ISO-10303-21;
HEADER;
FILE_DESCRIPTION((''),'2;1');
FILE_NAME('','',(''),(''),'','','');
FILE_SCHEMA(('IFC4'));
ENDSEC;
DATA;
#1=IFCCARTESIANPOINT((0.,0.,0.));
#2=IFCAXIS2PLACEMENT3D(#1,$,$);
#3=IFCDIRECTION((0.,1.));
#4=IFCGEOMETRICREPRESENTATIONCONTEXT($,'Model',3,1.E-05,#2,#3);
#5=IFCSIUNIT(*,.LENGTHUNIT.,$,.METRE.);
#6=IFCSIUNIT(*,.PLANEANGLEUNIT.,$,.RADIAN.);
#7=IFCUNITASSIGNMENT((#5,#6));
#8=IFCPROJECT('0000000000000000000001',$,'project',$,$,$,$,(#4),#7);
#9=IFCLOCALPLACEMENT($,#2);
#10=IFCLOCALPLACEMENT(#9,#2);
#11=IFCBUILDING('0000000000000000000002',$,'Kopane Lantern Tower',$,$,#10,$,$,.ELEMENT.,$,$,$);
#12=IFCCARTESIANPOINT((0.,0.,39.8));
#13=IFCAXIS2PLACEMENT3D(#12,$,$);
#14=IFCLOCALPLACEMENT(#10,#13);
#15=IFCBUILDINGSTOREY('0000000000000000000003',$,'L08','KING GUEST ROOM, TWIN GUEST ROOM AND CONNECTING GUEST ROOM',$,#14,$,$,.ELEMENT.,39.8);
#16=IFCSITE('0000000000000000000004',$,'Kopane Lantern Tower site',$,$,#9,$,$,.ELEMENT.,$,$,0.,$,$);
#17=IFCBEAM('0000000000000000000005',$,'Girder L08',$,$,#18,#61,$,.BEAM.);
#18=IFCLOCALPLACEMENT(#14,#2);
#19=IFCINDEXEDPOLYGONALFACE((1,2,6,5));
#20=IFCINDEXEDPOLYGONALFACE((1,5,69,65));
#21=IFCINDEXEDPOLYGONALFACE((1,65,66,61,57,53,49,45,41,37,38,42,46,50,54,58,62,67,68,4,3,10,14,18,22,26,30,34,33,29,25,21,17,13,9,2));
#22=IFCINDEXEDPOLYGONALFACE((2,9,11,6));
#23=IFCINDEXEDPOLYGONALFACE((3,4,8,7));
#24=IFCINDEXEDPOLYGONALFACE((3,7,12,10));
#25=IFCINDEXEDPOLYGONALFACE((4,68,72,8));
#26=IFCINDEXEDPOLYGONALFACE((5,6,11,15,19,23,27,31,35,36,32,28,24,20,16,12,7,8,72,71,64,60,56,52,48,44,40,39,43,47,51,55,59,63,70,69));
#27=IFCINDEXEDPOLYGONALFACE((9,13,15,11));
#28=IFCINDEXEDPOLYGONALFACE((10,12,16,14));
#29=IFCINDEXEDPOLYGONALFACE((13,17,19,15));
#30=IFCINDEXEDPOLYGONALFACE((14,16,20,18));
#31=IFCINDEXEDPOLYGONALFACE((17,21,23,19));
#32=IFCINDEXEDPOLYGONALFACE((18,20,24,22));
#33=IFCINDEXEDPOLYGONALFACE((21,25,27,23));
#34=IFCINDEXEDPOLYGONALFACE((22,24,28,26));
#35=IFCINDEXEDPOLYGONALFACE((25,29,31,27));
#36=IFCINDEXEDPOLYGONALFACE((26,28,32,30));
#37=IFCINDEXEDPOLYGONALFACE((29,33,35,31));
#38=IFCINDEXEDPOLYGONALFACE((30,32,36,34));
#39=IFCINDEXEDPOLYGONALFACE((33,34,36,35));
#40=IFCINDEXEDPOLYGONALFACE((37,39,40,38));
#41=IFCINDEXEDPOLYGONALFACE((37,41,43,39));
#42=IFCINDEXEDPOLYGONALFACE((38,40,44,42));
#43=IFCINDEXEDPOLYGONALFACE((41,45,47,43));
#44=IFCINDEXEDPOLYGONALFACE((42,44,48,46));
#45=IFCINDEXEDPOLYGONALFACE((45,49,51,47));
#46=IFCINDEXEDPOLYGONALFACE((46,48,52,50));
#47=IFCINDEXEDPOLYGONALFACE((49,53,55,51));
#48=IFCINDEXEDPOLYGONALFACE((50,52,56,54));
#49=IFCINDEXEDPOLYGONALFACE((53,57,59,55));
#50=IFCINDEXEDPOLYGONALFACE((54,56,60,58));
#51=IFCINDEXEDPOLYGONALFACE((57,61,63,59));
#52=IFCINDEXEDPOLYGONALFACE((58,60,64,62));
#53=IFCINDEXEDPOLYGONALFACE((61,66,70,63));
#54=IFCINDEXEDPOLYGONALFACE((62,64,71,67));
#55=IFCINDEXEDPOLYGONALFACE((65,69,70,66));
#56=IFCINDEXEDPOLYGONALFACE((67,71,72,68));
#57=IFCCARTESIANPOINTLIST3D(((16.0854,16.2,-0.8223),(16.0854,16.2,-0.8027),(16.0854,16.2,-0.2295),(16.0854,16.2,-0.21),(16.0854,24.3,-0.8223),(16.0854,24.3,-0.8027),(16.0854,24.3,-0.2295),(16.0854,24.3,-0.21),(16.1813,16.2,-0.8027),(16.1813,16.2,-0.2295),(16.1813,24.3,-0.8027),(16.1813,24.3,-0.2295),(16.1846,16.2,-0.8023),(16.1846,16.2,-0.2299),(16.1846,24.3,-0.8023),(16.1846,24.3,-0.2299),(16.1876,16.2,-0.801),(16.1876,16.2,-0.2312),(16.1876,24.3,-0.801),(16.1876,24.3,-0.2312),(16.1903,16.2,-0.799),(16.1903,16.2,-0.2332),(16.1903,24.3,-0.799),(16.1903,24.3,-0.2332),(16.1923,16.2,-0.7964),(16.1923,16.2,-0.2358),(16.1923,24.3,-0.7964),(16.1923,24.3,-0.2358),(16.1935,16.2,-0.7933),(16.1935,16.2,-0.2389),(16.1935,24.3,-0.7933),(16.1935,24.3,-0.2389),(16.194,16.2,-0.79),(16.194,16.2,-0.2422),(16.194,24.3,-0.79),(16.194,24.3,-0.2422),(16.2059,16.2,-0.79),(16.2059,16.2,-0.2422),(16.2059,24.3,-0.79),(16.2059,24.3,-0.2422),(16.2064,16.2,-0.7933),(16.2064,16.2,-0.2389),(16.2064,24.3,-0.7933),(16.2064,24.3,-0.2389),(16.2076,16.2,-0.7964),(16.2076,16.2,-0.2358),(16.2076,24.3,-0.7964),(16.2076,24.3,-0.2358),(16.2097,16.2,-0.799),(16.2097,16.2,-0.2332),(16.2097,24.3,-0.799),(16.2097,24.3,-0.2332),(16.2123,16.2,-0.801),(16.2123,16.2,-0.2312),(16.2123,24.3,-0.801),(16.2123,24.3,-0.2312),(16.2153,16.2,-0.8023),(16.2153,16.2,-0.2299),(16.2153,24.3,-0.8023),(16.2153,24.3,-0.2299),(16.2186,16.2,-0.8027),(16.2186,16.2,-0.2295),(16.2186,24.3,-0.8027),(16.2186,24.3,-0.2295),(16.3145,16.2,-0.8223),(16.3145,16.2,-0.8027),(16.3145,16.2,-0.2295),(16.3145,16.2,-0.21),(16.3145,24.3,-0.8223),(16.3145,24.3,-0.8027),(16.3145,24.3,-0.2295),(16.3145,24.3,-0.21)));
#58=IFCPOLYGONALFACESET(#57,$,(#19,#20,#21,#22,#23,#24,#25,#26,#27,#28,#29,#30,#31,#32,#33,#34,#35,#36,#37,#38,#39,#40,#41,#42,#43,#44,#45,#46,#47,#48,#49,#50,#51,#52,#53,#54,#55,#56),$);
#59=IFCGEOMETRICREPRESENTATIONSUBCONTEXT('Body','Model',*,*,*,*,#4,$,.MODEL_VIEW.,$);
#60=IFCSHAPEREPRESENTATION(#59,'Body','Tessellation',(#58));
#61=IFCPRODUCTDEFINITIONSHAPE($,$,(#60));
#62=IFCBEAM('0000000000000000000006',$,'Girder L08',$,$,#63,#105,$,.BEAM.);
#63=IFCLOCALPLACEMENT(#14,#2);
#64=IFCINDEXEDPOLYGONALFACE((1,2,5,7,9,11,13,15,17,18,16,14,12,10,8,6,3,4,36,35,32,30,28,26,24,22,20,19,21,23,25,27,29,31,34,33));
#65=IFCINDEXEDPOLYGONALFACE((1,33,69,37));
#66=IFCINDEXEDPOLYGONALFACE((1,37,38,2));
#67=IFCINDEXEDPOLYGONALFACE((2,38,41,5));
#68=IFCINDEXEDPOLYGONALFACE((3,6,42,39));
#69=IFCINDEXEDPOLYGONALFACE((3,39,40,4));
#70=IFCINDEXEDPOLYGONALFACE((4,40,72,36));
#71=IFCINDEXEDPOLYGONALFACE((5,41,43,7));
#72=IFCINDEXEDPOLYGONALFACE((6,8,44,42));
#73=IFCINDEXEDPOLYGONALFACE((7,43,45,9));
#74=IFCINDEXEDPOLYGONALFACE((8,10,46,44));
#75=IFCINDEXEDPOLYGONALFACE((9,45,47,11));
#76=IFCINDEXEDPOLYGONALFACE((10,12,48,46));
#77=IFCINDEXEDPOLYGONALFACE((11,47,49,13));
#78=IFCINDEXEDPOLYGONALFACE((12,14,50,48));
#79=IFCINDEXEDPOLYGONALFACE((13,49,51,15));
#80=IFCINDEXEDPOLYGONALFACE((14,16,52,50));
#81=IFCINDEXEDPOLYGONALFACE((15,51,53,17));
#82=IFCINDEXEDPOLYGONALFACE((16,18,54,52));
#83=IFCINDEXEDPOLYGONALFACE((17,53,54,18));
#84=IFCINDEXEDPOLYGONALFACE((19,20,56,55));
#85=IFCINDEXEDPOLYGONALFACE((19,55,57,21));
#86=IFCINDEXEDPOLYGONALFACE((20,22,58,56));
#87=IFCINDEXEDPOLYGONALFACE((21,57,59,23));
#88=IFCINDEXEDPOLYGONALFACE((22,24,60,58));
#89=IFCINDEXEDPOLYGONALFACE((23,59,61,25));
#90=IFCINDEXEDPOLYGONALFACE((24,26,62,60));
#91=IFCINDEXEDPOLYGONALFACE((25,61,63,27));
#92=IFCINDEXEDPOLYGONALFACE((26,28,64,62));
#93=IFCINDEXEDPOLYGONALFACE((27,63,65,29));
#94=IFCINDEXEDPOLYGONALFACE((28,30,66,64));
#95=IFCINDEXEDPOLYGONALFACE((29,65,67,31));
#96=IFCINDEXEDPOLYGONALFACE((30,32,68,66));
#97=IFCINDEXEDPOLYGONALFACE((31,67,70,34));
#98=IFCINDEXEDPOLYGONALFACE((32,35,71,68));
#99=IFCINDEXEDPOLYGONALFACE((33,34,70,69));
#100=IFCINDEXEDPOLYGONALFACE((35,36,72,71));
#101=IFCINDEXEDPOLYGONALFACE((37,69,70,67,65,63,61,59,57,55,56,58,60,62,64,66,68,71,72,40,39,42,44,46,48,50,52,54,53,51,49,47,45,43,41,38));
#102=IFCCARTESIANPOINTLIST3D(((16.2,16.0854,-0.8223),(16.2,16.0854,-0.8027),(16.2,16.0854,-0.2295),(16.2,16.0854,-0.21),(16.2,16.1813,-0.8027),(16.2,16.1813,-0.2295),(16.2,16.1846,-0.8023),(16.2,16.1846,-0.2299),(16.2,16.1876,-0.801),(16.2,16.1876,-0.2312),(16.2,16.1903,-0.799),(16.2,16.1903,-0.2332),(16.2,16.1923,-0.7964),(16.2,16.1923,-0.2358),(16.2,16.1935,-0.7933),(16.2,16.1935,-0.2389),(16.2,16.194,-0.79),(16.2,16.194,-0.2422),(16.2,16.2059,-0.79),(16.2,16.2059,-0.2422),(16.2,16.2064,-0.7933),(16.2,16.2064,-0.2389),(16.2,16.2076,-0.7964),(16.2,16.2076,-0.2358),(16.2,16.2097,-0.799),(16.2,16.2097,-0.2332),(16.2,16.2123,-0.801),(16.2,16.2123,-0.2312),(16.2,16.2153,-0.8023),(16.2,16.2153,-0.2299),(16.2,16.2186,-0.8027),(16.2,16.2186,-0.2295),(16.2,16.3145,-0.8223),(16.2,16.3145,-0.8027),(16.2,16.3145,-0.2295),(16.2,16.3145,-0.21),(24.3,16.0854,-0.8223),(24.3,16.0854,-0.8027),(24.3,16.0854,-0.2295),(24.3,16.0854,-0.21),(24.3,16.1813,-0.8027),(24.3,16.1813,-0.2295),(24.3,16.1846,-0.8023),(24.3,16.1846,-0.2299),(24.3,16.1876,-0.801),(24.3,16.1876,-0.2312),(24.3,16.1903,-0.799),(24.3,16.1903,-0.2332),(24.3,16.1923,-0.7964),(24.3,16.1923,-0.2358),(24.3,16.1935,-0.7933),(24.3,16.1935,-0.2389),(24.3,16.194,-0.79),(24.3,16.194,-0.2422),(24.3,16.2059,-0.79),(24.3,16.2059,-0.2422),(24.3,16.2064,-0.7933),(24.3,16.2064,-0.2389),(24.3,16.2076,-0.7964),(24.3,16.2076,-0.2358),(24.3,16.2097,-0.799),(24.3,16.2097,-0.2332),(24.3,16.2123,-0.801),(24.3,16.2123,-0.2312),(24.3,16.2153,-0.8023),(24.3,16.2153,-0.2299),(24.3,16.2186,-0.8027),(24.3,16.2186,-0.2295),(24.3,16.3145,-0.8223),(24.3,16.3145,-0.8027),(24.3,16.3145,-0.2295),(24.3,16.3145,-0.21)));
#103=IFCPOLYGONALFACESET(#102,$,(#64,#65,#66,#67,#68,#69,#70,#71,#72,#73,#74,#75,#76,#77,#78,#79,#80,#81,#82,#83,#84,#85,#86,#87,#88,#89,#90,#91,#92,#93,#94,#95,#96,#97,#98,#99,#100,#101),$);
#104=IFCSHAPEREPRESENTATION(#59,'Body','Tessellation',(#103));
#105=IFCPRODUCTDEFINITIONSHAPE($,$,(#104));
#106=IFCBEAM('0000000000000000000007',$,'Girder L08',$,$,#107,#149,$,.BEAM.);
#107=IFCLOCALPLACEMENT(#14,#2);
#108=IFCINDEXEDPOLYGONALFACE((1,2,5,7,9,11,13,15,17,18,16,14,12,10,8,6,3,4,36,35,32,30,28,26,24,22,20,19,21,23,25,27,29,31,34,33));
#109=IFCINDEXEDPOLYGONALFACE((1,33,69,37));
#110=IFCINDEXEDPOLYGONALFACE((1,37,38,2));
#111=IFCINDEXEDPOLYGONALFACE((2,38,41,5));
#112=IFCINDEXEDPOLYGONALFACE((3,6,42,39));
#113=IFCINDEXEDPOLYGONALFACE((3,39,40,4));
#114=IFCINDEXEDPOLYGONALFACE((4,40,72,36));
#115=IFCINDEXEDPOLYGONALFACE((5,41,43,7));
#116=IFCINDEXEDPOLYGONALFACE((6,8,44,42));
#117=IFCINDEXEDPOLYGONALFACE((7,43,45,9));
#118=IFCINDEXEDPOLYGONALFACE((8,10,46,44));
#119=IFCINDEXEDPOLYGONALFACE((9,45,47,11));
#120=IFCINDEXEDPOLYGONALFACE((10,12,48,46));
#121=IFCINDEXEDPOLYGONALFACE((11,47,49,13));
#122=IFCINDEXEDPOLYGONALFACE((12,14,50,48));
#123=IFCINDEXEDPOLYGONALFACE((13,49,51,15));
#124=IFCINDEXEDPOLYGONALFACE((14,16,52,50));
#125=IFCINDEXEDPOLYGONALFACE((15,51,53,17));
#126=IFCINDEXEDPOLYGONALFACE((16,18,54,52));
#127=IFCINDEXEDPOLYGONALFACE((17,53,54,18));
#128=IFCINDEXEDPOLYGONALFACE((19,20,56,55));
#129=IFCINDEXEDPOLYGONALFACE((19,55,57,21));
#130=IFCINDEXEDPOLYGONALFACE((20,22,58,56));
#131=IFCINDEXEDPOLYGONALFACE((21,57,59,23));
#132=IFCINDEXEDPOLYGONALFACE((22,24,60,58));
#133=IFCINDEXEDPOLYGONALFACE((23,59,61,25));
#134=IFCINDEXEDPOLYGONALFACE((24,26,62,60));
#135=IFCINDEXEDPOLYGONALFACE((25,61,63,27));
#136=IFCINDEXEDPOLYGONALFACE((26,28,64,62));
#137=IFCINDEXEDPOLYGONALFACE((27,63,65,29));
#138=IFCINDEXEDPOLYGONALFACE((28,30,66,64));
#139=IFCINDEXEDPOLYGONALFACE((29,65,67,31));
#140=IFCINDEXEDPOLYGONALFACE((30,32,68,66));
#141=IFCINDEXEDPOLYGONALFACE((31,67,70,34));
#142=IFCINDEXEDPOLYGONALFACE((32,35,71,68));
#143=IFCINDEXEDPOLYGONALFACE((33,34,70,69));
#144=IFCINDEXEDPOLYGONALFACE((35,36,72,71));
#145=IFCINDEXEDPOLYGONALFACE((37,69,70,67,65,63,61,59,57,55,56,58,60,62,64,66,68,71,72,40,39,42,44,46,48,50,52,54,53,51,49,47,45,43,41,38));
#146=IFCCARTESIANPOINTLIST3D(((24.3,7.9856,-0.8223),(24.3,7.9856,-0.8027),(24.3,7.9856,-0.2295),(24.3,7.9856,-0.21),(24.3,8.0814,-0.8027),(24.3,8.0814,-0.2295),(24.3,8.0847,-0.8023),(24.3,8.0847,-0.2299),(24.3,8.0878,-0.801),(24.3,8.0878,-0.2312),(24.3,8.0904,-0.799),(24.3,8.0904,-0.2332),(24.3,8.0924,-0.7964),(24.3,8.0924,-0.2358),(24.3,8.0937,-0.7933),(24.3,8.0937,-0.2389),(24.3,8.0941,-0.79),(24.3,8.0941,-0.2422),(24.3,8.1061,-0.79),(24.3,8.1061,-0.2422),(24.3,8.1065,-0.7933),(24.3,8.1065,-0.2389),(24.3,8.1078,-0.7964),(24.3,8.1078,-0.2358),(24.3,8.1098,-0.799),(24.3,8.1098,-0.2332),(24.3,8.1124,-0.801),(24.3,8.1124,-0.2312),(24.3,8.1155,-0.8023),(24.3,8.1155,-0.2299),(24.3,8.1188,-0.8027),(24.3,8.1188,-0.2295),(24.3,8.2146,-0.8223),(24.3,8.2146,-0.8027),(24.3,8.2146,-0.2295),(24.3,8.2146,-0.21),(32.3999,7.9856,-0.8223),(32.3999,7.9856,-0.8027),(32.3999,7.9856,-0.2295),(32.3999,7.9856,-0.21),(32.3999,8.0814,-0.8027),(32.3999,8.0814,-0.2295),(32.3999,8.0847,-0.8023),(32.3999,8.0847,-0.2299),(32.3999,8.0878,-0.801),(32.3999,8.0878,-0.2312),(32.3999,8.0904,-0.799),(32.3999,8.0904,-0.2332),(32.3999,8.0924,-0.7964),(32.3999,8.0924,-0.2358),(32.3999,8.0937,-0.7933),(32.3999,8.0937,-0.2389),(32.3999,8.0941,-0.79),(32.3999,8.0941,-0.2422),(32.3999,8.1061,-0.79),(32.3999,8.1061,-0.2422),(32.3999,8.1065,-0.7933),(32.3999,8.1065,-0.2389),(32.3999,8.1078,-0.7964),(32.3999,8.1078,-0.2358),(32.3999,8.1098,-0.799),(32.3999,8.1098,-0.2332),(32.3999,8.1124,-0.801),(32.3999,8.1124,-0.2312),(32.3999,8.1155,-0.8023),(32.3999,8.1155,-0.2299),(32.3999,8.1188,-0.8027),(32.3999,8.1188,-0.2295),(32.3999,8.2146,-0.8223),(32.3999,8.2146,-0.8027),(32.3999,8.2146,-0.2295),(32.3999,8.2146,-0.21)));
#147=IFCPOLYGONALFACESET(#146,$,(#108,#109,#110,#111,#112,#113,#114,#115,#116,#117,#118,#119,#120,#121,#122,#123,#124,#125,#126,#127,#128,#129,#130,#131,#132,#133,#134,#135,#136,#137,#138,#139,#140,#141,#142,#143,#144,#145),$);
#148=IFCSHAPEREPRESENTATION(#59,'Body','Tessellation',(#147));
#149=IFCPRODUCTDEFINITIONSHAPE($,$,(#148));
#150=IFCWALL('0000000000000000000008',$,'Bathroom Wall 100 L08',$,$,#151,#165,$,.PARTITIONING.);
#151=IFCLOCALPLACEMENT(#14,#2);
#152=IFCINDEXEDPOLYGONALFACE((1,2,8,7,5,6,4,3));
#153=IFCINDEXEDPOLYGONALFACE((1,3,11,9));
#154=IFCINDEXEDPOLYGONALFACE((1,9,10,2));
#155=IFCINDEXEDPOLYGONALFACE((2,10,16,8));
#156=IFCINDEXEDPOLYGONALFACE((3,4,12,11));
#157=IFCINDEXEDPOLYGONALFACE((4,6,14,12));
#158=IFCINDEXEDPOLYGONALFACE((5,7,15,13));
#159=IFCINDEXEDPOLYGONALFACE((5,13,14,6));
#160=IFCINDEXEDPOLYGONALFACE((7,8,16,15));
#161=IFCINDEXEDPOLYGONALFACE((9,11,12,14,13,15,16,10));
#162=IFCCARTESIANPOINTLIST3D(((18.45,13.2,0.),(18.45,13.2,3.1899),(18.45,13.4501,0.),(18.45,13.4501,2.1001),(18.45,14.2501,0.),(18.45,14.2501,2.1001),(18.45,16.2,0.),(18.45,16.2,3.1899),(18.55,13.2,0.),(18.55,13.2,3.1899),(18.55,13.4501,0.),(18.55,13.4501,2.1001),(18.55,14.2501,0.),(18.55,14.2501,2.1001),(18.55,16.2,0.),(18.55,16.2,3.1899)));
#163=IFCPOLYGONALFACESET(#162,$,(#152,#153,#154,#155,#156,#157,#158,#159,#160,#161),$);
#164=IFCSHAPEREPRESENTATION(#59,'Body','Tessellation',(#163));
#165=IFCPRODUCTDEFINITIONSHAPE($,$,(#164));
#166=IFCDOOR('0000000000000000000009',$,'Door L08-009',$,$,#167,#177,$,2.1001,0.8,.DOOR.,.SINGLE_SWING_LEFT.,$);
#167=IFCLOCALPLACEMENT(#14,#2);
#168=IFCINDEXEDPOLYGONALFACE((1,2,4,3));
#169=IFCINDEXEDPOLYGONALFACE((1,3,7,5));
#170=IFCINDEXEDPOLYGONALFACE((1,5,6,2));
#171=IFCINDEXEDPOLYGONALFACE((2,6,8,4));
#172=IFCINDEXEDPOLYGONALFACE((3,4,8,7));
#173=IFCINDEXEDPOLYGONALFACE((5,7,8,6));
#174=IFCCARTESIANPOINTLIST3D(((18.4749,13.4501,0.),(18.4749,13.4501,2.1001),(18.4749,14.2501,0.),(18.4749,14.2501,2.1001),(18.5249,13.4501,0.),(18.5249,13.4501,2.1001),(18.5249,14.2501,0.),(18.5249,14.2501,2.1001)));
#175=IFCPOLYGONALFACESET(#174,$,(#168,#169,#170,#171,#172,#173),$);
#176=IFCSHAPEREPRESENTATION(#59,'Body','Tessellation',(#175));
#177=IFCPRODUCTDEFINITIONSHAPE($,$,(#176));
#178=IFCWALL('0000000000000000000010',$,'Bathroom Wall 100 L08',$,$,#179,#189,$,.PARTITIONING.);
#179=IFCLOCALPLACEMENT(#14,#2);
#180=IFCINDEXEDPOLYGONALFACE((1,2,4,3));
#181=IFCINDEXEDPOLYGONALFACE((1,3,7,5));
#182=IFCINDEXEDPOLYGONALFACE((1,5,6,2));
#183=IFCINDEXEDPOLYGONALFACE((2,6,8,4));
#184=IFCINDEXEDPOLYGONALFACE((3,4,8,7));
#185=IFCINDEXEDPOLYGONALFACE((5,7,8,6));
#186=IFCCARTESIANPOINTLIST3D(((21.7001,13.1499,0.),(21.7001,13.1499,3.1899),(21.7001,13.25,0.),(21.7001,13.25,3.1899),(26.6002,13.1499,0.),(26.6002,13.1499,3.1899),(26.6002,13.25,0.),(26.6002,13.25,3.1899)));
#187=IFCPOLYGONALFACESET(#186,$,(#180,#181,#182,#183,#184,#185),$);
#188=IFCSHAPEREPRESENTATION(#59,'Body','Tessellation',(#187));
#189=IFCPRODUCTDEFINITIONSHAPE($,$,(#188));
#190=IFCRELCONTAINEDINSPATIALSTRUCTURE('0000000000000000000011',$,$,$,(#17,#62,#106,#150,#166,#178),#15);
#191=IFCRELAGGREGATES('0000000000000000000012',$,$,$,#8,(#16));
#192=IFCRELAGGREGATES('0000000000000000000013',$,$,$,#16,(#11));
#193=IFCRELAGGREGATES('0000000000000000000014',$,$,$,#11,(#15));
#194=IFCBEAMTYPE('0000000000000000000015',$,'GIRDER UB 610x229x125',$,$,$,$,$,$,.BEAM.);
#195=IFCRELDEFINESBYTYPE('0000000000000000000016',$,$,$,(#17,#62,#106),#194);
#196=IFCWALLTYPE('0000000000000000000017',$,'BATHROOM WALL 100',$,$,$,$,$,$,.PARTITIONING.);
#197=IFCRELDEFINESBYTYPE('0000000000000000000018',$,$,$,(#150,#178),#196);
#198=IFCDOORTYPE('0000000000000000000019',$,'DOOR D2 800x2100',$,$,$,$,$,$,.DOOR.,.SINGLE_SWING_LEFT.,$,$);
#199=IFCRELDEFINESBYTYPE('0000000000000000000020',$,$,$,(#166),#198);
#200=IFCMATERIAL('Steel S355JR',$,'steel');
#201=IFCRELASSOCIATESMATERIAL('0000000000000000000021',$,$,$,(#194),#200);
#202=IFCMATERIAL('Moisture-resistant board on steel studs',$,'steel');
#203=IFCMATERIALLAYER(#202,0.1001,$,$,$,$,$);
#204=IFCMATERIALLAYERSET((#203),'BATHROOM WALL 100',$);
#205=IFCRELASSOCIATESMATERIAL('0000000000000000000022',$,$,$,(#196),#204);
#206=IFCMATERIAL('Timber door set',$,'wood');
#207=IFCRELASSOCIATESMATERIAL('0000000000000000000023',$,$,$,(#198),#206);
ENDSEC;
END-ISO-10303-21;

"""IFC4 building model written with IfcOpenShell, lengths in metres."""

from ifc_helpers import new_model, si_unit, direction, frame, frame_2d, origin, origin_2d, place, context, subcontext, project, spatial, rectangle, i_section, extrude, material, layer, layer_set, material_profile, profile_set, type_object, element, fill, save


model = new_model("IFC4")

# Units and contexts
model_context = context("Model", 3, precision=1e-05, world=origin(), true_north=direction((0.0, 1.0)))
body_context = subcontext(model_context, "Body", "Model", "MODEL_VIEW")
ifc_project = project(units=[si_unit("LENGTHUNIT", "METRE"), si_unit("PLANEANGLEUNIT", "RADIAN")], contexts=[model_context])

# Site, building, storey
site_placement = place(None, origin())
site = spatial("IfcSite", under=ifc_project, at=site_placement, Name="Kopane Lantern Tower site", CompositionType="ELEMENT", RefElevation=0.0)
building_placement = place(site_placement, origin())
building = spatial("IfcBuilding", under=site, at=building_placement, Name="Kopane Lantern Tower", CompositionType="ELEMENT")
storey_placement = place(building_placement, frame((0.0, 0.0, 39.8)))
storey = spatial("IfcBuildingStorey", under=building, at=storey_placement, Name="L08", Description="KING GUEST ROOM, TWIN GUEST ROOM AND CONNECTING GUEST ROOM", CompositionType="ELEMENT", Elevation=39.8)

# Beams
ifc_material_1 = material(Name="Steel S355JR", Category="steel")
ifc_material_profile = material_profile(ifc_material_1, i_section(OverallWidth=0.229, OverallDepth=0.6123, WebThickness=0.012, FlangeThickness=0.0195, FilletRadius=0.0127, at=origin_2d()), Name="UB 610x229x125")
ifc_profile_set = profile_set([ifc_material_profile], Name="Steel S355JR")
beam_type = type_object("IfcBeamType", Name="GIRDER UB 610x229x125", PredefinedType="BEAM", material=ifc_profile_set)
for number, where, z_axis, x_axis, name in (
    (1, (16.2, 16.2, -0.5161), (0.0, 1.0, 0.0), (-1.0, 0.0, 0.0), "Girder L08"),
    (2, (16.2, 16.2, -0.5161), (1.0, 0.0, 0.0), (0.0, 1.0, 0.0), "Girder L08"),
):
    element("IfcBeam", number, at=place(storey_placement, frame(where, z_axis=z_axis, x_axis=x_axis)), inside=storey, type_object=beam_type, Name=name, PredefinedType="BEAM", context=body_context, shape_type="SweptSolid", body=[
        extrude(i_section(OverallWidth=0.229, OverallDepth=0.6123, WebThickness=0.012, FlangeThickness=0.0195, FilletRadius=0.0127, at=origin_2d()), origin(), (0.0, 0.0, 1.0), 8.1001),
    ])
beam_placement = place(storey_placement, frame((24.3, 8.1001, -0.5161), z_axis=(1.0, 0.0, 0.0), x_axis=(0.0, 1.0, 0.0)))
element("IfcBeam", 3, at=beam_placement, inside=storey, type_object=beam_type, Name="Girder L08", PredefinedType="BEAM", context=body_context, shape_type="SweptSolid", body=[
    extrude(i_section(OverallWidth=0.229, OverallDepth=0.6123, WebThickness=0.012, FlangeThickness=0.0195, FilletRadius=0.0127, at=origin_2d()), origin(), (0.0, 0.0, 1.0), 8.0999),
])

# Wall, opening, door
ifc_material_2 = material(Name="Moisture-resistant board on steel studs", Category="steel")
ifc_layer_1 = layer(ifc_material_2, 0.1001)
ifc_layer_set_1 = layer_set([ifc_layer_1], Name="BATHROOM WALL 100")
wall_type_1 = type_object("IfcWallType", Name="BATHROOM WALL 100", PredefinedType="PARTITIONING", material=ifc_layer_set_1)
wall_1_placement = place(storey_placement, frame((18.5, 16.2, 0.0), z_axis=(0.0, 0.0, 1.0), x_axis=(0.0, -1.0, 0.0)))
wall_1 = element("IfcWall", 4, at=wall_1_placement, inside=storey, type_object=wall_type_1, Name="Bathroom Wall 100 L08", PredefinedType="PARTITIONING", context=body_context, shape_type="SweptSolid", body=[
    extrude(rectangle(XDim=3.0, YDim=0.1001, at=frame_2d((1.5, 0.0))), origin(), (0.0, 0.0, 1.0), 3.1899),
])
opening_placement = place(wall_1_placement, frame((1.95, 0.0, 0.0)))
opening = element("IfcOpeningElement", 5, at=opening_placement, cuts=wall_1, PredefinedType="OPENING", context=body_context, shape_type="SweptSolid", body=[
    extrude(rectangle(XDim=0.8, YDim=2.1001, at=frame_2d((0.3999, 1.05))), frame((0.0, 0.0601, 0.0), z_axis=(0.0, -1.0, 0.0), x_axis=(1.0, 0.0, 0.0)), (0.0, 0.0, 1.0), 0.1201),
])
ifc_material_3 = material(Name="Timber door set", Category="wood")
door_type = type_object("IfcDoorType", Name="DOOR D2 800x2100", OperationType="SINGLE_SWING_LEFT", PredefinedType="DOOR", material=ifc_material_3)
door_placement = place(opening_placement, origin())
door = element("IfcDoor", 6, at=door_placement, inside=storey, type_object=door_type, Name="Door L08-009", OperationType="SINGLE_SWING_LEFT", OverallHeight=2.1001, OverallWidth=0.8, PredefinedType="DOOR", context=body_context, shape_type="SweptSolid", body=[
    extrude(rectangle(XDim=0.8, YDim=2.1001, at=frame_2d((0.3999, 1.05))), frame((0.0, 0.0249, 0.0), z_axis=(0.0, -1.0, 0.0), x_axis=(1.0, 0.0, 0.0)), (0.0, 0.0, 1.0), 0.05),
])
fill(opening, door)

# Wall
wall_2_placement = place(storey_placement, frame((21.7, 13.2, 0.0), z_axis=(0.0, 0.0, 1.0), x_axis=(1.0, 0.0, 0.0)))
element("IfcWall", 7, at=wall_2_placement, inside=storey, type_object=wall_type_1, Name="Bathroom Wall 100 L08", PredefinedType="PARTITIONING", context=body_context, shape_type="SweptSolid", body=[
    extrude(rectangle(XDim=4.9001, YDim=0.1001, at=frame_2d((2.4502, 0.0))), origin(), (0.0, 0.0, 1.0), 3.1899),
])

save(model, "model.ifc")
